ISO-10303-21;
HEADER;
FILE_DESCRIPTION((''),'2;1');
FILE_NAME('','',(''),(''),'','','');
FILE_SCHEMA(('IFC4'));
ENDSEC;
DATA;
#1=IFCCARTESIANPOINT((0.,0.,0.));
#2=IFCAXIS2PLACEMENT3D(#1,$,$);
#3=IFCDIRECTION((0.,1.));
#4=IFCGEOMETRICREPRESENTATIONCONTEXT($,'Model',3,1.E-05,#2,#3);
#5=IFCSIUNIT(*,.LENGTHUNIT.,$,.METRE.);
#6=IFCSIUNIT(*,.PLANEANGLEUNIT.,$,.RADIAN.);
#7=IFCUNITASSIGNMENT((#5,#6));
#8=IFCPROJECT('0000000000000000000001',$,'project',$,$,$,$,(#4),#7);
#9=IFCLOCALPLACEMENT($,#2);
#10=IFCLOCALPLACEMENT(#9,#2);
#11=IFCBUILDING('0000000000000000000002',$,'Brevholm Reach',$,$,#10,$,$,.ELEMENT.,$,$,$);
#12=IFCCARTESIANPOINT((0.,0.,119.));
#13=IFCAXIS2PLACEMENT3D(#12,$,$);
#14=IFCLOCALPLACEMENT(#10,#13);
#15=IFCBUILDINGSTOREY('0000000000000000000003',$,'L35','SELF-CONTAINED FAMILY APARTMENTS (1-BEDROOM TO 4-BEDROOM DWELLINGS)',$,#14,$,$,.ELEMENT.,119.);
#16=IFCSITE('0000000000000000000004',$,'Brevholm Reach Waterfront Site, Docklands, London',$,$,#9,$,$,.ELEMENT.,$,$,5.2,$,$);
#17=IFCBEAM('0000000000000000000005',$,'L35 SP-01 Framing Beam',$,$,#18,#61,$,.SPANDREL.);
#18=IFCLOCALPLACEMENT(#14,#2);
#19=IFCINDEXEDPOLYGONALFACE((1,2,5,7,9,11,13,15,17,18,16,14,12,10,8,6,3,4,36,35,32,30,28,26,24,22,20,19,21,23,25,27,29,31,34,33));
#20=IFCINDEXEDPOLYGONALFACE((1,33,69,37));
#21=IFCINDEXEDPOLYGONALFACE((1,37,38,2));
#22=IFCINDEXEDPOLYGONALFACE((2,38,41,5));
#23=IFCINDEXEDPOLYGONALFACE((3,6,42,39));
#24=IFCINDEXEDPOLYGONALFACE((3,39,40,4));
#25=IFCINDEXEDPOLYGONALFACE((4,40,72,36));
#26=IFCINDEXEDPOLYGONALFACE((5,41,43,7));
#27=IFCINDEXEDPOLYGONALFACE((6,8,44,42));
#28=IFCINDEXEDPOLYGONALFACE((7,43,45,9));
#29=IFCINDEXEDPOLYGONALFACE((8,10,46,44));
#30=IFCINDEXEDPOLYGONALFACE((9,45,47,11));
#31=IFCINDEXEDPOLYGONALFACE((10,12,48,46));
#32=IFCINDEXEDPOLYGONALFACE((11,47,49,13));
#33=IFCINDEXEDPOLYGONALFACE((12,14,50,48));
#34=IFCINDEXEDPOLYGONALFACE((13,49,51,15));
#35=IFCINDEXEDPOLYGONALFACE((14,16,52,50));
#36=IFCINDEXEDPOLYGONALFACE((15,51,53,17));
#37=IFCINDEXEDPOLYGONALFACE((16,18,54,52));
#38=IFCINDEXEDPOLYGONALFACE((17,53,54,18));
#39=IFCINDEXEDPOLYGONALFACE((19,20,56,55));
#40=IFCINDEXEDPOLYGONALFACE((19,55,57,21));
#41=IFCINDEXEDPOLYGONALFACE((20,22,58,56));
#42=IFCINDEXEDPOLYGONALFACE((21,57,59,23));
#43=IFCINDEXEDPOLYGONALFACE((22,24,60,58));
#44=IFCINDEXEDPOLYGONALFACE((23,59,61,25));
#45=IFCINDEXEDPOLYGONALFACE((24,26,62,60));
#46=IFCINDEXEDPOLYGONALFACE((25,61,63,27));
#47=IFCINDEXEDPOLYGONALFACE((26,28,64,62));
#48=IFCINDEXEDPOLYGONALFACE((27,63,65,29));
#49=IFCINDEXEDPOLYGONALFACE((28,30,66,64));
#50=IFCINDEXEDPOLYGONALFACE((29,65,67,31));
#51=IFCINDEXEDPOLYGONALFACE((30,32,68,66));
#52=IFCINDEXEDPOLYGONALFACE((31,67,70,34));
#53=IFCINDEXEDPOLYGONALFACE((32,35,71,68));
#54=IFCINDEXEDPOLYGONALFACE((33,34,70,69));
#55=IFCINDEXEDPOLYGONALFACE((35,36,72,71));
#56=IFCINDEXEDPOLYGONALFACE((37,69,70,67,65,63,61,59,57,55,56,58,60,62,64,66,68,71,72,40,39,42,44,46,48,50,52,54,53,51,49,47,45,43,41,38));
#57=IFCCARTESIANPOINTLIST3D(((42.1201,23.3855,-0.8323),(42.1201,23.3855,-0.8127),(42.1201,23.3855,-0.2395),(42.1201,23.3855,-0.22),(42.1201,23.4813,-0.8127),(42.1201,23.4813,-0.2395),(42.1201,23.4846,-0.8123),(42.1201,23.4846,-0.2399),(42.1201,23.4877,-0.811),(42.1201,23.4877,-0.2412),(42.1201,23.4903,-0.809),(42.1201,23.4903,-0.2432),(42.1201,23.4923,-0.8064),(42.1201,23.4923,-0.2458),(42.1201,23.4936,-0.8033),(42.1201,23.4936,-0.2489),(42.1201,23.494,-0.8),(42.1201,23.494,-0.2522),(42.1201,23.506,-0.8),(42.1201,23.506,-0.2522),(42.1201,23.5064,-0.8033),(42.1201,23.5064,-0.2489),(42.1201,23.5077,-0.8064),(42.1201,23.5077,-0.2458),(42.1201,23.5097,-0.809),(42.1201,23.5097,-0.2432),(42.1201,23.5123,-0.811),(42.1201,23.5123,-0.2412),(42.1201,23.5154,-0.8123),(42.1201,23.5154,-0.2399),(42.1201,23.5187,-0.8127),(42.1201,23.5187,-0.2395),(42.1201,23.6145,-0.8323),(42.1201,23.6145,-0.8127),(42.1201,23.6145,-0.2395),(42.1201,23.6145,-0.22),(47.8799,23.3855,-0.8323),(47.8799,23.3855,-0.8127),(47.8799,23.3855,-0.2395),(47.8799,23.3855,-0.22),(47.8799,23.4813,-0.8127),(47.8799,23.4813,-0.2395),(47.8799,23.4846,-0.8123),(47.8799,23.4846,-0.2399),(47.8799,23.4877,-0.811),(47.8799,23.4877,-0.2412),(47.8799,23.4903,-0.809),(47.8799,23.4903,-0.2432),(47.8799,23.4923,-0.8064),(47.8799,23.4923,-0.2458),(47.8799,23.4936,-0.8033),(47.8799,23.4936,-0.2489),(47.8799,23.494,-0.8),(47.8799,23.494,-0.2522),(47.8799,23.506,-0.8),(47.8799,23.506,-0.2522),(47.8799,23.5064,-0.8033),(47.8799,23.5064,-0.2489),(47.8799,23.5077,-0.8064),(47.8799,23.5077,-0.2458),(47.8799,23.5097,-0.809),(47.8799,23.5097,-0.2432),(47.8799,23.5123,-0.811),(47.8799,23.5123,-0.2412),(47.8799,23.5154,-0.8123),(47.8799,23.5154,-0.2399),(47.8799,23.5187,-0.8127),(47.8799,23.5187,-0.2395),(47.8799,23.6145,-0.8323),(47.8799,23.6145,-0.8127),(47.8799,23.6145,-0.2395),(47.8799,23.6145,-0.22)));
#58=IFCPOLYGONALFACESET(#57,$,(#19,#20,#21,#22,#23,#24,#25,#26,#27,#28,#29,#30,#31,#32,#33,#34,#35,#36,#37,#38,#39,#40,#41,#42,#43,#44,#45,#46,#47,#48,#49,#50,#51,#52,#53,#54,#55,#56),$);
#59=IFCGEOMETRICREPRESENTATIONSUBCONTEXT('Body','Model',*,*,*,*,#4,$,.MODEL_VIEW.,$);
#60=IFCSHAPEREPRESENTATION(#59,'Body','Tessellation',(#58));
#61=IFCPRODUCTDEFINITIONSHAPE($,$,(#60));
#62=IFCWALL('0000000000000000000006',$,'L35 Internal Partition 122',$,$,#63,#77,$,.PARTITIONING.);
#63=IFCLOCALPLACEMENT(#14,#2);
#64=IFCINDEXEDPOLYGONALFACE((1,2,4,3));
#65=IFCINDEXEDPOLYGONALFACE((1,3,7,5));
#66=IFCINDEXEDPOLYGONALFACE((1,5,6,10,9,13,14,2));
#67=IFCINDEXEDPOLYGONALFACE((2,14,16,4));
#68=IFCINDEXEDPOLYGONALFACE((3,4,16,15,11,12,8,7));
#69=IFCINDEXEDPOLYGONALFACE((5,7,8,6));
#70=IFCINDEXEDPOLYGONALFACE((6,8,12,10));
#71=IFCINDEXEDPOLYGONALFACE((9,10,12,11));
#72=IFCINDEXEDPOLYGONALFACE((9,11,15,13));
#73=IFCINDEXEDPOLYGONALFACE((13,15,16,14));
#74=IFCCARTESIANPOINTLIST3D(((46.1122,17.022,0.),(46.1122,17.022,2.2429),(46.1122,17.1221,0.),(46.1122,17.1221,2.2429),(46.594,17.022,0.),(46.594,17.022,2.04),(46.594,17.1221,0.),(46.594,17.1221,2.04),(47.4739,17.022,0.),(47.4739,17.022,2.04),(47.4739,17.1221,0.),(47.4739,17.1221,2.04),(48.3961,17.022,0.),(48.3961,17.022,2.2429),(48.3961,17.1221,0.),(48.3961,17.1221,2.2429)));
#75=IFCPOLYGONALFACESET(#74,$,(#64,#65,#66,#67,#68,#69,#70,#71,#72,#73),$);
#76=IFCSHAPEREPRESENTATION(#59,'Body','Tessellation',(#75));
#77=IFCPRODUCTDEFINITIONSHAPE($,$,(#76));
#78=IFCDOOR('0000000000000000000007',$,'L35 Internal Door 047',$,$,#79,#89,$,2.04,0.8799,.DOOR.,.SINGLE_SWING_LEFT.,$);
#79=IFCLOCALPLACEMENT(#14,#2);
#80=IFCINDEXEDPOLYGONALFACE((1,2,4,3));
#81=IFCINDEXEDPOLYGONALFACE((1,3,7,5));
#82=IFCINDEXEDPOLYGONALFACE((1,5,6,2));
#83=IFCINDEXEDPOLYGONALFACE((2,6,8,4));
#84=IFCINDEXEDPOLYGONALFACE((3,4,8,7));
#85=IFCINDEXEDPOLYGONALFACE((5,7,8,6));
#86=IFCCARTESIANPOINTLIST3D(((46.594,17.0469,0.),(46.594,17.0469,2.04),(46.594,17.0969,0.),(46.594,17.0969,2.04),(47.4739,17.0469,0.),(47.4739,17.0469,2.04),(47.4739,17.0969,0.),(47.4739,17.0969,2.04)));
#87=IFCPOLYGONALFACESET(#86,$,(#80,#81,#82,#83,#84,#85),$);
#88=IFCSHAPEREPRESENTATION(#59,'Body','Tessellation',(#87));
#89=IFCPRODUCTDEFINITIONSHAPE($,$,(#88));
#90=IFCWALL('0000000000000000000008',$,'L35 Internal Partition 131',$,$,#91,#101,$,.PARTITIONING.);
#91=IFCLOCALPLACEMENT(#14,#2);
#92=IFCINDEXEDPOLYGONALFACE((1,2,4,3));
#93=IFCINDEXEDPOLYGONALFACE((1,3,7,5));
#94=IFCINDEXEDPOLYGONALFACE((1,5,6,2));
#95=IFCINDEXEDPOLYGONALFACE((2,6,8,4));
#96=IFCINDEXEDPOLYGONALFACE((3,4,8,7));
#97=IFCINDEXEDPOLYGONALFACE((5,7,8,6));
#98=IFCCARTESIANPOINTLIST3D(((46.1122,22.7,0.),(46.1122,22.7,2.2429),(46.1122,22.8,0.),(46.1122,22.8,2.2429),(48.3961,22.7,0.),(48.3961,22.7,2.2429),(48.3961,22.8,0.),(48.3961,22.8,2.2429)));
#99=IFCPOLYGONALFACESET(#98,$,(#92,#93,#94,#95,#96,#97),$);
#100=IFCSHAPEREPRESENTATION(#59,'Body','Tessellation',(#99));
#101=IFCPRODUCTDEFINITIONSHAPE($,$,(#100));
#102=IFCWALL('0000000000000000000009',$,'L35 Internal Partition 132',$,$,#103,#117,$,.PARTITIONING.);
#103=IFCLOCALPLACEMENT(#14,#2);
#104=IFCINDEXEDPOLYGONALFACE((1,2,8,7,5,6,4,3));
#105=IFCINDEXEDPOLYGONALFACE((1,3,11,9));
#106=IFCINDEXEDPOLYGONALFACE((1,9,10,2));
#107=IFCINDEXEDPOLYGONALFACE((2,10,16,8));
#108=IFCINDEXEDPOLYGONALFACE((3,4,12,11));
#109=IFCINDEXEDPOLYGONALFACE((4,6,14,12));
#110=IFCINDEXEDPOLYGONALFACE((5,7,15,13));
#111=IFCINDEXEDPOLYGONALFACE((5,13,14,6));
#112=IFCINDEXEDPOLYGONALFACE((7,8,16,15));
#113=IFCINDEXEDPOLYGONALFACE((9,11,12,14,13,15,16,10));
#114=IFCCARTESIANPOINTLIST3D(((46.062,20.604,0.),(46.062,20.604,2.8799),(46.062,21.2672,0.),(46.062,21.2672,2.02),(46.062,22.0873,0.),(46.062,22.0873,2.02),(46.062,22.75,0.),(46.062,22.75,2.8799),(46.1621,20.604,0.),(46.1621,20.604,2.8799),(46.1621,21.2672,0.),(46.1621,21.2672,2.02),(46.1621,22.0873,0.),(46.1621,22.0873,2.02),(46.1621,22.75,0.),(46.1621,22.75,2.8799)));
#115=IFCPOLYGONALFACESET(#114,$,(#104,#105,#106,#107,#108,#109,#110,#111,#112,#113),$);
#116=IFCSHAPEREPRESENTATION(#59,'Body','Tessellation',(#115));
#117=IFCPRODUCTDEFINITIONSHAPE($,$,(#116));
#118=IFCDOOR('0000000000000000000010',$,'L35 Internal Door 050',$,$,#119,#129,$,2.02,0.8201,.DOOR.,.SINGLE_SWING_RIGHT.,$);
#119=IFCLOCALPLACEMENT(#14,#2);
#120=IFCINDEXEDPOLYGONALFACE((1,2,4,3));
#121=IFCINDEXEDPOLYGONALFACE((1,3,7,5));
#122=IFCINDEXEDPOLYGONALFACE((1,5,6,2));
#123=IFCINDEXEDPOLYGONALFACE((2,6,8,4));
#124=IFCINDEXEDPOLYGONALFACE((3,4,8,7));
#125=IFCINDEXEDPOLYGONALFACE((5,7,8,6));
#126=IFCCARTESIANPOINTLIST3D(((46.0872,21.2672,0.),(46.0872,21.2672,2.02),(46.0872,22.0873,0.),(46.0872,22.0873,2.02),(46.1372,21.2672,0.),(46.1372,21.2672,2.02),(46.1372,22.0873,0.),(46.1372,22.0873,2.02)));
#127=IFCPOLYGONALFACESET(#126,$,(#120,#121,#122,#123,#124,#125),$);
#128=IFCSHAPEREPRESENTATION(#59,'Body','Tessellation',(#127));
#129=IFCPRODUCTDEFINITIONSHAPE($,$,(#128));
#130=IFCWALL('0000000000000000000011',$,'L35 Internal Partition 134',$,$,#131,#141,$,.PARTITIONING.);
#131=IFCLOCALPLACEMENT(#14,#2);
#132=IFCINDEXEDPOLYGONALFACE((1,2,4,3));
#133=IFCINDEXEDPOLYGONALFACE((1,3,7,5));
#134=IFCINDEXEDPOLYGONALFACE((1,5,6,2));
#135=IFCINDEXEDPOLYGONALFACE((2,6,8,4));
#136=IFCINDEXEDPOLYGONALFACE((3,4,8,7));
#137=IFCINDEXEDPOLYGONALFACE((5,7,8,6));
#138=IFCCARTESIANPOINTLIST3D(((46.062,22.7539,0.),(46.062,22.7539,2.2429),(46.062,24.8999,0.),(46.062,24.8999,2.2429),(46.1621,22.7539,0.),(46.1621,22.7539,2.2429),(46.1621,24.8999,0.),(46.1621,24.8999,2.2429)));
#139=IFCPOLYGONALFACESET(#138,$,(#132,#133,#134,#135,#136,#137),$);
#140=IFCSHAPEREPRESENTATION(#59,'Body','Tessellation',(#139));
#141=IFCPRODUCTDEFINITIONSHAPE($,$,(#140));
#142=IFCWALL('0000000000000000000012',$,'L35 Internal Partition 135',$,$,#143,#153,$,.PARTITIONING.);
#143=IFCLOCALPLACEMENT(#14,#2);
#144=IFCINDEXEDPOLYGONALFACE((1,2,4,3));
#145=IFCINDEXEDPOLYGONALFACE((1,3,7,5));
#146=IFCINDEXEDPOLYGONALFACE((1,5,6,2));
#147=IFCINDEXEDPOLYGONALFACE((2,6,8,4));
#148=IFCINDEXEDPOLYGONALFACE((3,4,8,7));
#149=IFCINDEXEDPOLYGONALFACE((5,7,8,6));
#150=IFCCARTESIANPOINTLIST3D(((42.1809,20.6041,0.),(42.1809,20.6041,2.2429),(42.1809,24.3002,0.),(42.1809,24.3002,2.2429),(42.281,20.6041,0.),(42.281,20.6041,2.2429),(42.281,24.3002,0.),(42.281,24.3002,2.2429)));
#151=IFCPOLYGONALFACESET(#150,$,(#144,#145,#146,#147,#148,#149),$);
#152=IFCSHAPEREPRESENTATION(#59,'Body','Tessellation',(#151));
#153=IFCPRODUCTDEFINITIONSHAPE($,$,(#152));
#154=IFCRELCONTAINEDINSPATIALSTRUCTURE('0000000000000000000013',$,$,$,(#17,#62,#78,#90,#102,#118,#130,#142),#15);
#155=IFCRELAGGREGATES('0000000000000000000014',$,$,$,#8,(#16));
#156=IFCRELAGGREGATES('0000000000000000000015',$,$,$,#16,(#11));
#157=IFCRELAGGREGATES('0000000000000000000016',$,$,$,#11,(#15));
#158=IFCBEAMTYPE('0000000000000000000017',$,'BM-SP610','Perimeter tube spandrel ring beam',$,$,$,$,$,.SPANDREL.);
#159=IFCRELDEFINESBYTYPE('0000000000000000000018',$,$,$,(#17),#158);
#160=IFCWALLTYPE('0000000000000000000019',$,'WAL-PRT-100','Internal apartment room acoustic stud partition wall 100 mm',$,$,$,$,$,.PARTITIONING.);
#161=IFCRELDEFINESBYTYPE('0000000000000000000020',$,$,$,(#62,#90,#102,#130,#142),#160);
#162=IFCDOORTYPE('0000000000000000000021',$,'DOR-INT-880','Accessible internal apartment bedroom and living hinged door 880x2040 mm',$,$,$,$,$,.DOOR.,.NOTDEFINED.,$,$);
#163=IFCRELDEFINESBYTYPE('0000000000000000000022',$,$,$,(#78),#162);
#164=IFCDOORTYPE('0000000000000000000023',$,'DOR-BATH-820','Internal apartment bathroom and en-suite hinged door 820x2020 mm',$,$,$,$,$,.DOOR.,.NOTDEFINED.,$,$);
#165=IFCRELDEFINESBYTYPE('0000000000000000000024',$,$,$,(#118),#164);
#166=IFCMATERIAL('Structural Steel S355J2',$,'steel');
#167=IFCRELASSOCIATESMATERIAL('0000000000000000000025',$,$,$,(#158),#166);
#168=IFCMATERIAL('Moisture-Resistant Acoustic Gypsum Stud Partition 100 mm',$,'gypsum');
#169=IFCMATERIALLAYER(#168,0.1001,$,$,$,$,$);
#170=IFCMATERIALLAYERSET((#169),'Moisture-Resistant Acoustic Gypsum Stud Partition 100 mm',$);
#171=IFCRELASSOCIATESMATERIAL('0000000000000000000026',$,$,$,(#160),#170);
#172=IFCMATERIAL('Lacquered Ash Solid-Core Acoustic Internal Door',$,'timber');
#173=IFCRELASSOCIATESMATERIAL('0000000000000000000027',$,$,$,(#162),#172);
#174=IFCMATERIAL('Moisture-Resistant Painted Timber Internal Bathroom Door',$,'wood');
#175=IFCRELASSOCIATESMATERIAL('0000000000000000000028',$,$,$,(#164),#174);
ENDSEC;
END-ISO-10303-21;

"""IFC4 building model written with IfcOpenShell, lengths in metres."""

from ifc_helpers import new_model, si_unit, direction, frame, frame_2d, origin, origin_2d, place, context, subcontext, project, spatial, rectangle, i_section, extrude, material, layer, layer_set, material_profile, profile_set, type_object, element, fill, save


model = new_model("IFC4")

# Units and contexts
model_context = context("Model", 3, precision=1e-05, world=origin(), true_north=direction((0.0, 1.0)))
body_context = subcontext(model_context, "Body", "Model", "MODEL_VIEW")
ifc_project = project(units=[si_unit("LENGTHUNIT", "METRE"), si_unit("PLANEANGLEUNIT", "RADIAN")], contexts=[model_context])

# Site, building, storey
site_placement = place(None, origin())
site = spatial("IfcSite", under=ifc_project, at=site_placement, Name="Brevholm Reach Waterfront Site, Docklands, London", CompositionType="ELEMENT", RefElevation=5.2)
building_placement = place(site_placement, origin())
building = spatial("IfcBuilding", under=site, at=building_placement, Name="Brevholm Reach", CompositionType="ELEMENT")
storey_placement = place(building_placement, frame((0.0, 0.0, 119.0)))
storey = spatial("IfcBuildingStorey", under=building, at=storey_placement, Name="L35", Description="SELF-CONTAINED FAMILY APARTMENTS (1-BEDROOM TO 4-BEDROOM DWELLINGS)", CompositionType="ELEMENT", Elevation=119.0)

# Beam
ifc_material_1 = material(Name="Structural Steel S355J2", Category="steel")
ifc_material_profile_1 = material_profile(ifc_material_1, i_section(OverallWidth=0.229, OverallDepth=0.6123, WebThickness=0.012, FlangeThickness=0.0195, FilletRadius=0.0127, at=origin_2d()), Name="UKB 610x229x125")
ifc_profile_set_1 = profile_set([ifc_material_profile_1], Name="Structural Steel S355J2")
beam_type_1 = type_object("IfcBeamType", Name="BM-SP610", Description="Perimeter tube spandrel ring beam", PredefinedType="SPANDREL", material=ifc_profile_set_1)
beam_placement = place(storey_placement, frame((42.1201, 23.5, -0.5261), z_axis=(1.0, 0.0, 0.0), x_axis=(0.0, 1.0, 0.0)))
element("IfcBeam", 1, at=beam_placement, inside=storey, type_object=beam_type_1, Name="L35 SP-01 Framing Beam", PredefinedType="SPANDREL", context=body_context, shape_type="SweptSolid", body=[
    extrude(i_section(OverallWidth=0.229, OverallDepth=0.6123, WebThickness=0.012, FlangeThickness=0.0195, FilletRadius=0.0127, at=origin_2d()), origin(), (0.0, 0.0, 1.0), 5.7598),
])

# Wall, opening, door
ifc_material_2 = material(Name="Moisture-Resistant Acoustic Gypsum Stud Partition 100 mm", Category="gypsum")
ifc_layer_1 = layer(ifc_material_2, 0.1001)
ifc_layer_set_1 = layer_set([ifc_layer_1], Name="Moisture-Resistant Acoustic Gypsum Stud Partition 100 mm")
wall_type_1 = type_object("IfcWallType", Name="WAL-PRT-100", Description="Internal apartment room acoustic stud partition wall 100 mm", PredefinedType="PARTITIONING", material=ifc_layer_set_1)
wall_1_placement = place(storey_placement, frame((46.1121, 17.072, 0.0), z_axis=(0.0, 0.0, 1.0), x_axis=(1.0, 0.0, 0.0)))
wall_1 = element("IfcWall", 2, at=wall_1_placement, inside=storey, type_object=wall_type_1, Name="L35 Internal Partition 122", PredefinedType="PARTITIONING", context=body_context, shape_type="SweptSolid", body=[
    extrude(rectangle(XDim=2.2839, YDim=0.1001, at=frame_2d((1.1421, 0.0))), origin(), (0.0, 0.0, 1.0), 2.2429),
])
opening_1_placement = place(wall_1_placement, frame((0.4819, 0.0, 0.0)))
opening_1 = element("IfcOpeningElement", 3, at=opening_1_placement, cuts=wall_1, PredefinedType="OPENING", context=body_context, shape_type="SweptSolid", body=[
    extrude(rectangle(XDim=0.8799, YDim=2.04, at=frame_2d((0.4399, 1.02))), frame((0.0, 0.0601, 0.0), z_axis=(0.0, -1.0, 0.0), x_axis=(1.0, 0.0, 0.0)), (0.0, 0.0, 1.0), 0.1201),
])
ifc_material_3 = material(Name="Lacquered Ash Solid-Core Acoustic Internal Door", Category="timber")
door_type_1 = type_object("IfcDoorType", Name="DOR-INT-880", Description="Accessible internal apartment bedroom and living hinged door 880x2040 mm", OperationType="NOTDEFINED", PredefinedType="DOOR", material=ifc_material_3)
door_1_placement = place(opening_1_placement, origin())
door_1 = element("IfcDoor", 4, at=door_1_placement, inside=storey, type_object=door_type_1, Name="L35 Internal Door 047", OperationType="SINGLE_SWING_LEFT", OverallHeight=2.04, OverallWidth=0.8799, PredefinedType="DOOR", context=body_context, shape_type="SweptSolid", body=[
    extrude(rectangle(XDim=0.8799, YDim=2.04, at=frame_2d((0.4399, 1.02))), frame((0.0, 0.0249, 0.0), z_axis=(0.0, -1.0, 0.0), x_axis=(1.0, 0.0, 0.0)), (0.0, 0.0, 1.0), 0.05),
])
fill(opening_1, door_1)

# Wall
wall_2_placement = place(storey_placement, frame((46.1121, 22.75, 0.0), z_axis=(0.0, 0.0, 1.0), x_axis=(1.0, 0.0, 0.0)))
element("IfcWall", 5, at=wall_2_placement, inside=storey, type_object=wall_type_1, Name="L35 Internal Partition 131", PredefinedType="PARTITIONING", context=body_context, shape_type="SweptSolid", body=[
    extrude(rectangle(XDim=2.2839, YDim=0.1001, at=frame_2d((1.1421, 0.0))), origin(), (0.0, 0.0, 1.0), 2.2429),
])

# Wall, opening, door
wall_3_placement = place(storey_placement, frame((46.1121, 20.604, 0.0), z_axis=(0.0, 0.0, 1.0), x_axis=(0.0, 1.0, 0.0)))
wall_3 = element("IfcWall", 6, at=wall_3_placement, inside=storey, type_object=wall_type_1, Name="L35 Internal Partition 132", PredefinedType="PARTITIONING", context=body_context, shape_type="SweptSolid", body=[
    extrude(rectangle(XDim=2.146, YDim=0.1001, at=frame_2d((1.073, 0.0))), origin(), (0.0, 0.0, 1.0), 2.8799),
])
opening_2_placement = place(wall_3_placement, frame((0.6631, 0.0, 0.0)))
opening_2 = element("IfcOpeningElement", 7, at=opening_2_placement, cuts=wall_3, PredefinedType="OPENING", context=body_context, shape_type="SweptSolid", body=[
    extrude(rectangle(XDim=0.8201, YDim=2.02, at=frame_2d((0.4102, 1.01))), frame((0.0, 0.0601, 0.0), z_axis=(0.0, -1.0, 0.0), x_axis=(1.0, 0.0, 0.0)), (0.0, 0.0, 1.0), 0.1201),
])
ifc_material_4 = material(Name="Moisture-Resistant Painted Timber Internal Bathroom Door", Category="wood")
door_type_2 = type_object("IfcDoorType", Name="DOR-BATH-820", Description="Internal apartment bathroom and en-suite hinged door 820x2020 mm", OperationType="NOTDEFINED", PredefinedType="DOOR", material=ifc_material_4)
door_2_placement = place(opening_2_placement, origin())
door_2 = element("IfcDoor", 8, at=door_2_placement, inside=storey, type_object=door_type_2, Name="L35 Internal Door 050", OperationType="SINGLE_SWING_RIGHT", OverallHeight=2.02, OverallWidth=0.8201, PredefinedType="DOOR", context=body_context, shape_type="SweptSolid", body=[
    extrude(rectangle(XDim=0.8201, YDim=2.02, at=frame_2d((0.4102, 1.01))), frame((0.0, 0.0249, 0.0), z_axis=(0.0, -1.0, 0.0), x_axis=(1.0, 0.0, 0.0)), (0.0, 0.0, 1.0), 0.05),
])
fill(opening_2, door_2)

# Walls
wall_4_placement = place(storey_placement, frame((46.1121, 22.7539, 0.0), z_axis=(0.0, 0.0, 1.0), x_axis=(0.0, 1.0, 0.0)))
element("IfcWall", 9, at=wall_4_placement, inside=storey, type_object=wall_type_1, Name="L35 Internal Partition 134", PredefinedType="PARTITIONING", context=body_context, shape_type="SweptSolid", body=[
    extrude(rectangle(XDim=2.146, YDim=0.1001, at=frame_2d((1.073, 0.0))), origin(), (0.0, 0.0, 1.0), 2.2429),
])
wall_5_placement = place(storey_placement, frame((42.231, 20.604, 0.0), z_axis=(0.0, 0.0, 1.0), x_axis=(0.0, 1.0, 0.0)))
element("IfcWall", 10, at=wall_5_placement, inside=storey, type_object=wall_type_1, Name="L35 Internal Partition 135", PredefinedType="PARTITIONING", context=body_context, shape_type="SweptSolid", body=[
    extrude(rectangle(XDim=3.696, YDim=0.1001, at=frame_2d((1.8481, 0.0))), origin(), (0.0, 0.0, 1.0), 2.2429),
])

save(model, "model.ifc")
